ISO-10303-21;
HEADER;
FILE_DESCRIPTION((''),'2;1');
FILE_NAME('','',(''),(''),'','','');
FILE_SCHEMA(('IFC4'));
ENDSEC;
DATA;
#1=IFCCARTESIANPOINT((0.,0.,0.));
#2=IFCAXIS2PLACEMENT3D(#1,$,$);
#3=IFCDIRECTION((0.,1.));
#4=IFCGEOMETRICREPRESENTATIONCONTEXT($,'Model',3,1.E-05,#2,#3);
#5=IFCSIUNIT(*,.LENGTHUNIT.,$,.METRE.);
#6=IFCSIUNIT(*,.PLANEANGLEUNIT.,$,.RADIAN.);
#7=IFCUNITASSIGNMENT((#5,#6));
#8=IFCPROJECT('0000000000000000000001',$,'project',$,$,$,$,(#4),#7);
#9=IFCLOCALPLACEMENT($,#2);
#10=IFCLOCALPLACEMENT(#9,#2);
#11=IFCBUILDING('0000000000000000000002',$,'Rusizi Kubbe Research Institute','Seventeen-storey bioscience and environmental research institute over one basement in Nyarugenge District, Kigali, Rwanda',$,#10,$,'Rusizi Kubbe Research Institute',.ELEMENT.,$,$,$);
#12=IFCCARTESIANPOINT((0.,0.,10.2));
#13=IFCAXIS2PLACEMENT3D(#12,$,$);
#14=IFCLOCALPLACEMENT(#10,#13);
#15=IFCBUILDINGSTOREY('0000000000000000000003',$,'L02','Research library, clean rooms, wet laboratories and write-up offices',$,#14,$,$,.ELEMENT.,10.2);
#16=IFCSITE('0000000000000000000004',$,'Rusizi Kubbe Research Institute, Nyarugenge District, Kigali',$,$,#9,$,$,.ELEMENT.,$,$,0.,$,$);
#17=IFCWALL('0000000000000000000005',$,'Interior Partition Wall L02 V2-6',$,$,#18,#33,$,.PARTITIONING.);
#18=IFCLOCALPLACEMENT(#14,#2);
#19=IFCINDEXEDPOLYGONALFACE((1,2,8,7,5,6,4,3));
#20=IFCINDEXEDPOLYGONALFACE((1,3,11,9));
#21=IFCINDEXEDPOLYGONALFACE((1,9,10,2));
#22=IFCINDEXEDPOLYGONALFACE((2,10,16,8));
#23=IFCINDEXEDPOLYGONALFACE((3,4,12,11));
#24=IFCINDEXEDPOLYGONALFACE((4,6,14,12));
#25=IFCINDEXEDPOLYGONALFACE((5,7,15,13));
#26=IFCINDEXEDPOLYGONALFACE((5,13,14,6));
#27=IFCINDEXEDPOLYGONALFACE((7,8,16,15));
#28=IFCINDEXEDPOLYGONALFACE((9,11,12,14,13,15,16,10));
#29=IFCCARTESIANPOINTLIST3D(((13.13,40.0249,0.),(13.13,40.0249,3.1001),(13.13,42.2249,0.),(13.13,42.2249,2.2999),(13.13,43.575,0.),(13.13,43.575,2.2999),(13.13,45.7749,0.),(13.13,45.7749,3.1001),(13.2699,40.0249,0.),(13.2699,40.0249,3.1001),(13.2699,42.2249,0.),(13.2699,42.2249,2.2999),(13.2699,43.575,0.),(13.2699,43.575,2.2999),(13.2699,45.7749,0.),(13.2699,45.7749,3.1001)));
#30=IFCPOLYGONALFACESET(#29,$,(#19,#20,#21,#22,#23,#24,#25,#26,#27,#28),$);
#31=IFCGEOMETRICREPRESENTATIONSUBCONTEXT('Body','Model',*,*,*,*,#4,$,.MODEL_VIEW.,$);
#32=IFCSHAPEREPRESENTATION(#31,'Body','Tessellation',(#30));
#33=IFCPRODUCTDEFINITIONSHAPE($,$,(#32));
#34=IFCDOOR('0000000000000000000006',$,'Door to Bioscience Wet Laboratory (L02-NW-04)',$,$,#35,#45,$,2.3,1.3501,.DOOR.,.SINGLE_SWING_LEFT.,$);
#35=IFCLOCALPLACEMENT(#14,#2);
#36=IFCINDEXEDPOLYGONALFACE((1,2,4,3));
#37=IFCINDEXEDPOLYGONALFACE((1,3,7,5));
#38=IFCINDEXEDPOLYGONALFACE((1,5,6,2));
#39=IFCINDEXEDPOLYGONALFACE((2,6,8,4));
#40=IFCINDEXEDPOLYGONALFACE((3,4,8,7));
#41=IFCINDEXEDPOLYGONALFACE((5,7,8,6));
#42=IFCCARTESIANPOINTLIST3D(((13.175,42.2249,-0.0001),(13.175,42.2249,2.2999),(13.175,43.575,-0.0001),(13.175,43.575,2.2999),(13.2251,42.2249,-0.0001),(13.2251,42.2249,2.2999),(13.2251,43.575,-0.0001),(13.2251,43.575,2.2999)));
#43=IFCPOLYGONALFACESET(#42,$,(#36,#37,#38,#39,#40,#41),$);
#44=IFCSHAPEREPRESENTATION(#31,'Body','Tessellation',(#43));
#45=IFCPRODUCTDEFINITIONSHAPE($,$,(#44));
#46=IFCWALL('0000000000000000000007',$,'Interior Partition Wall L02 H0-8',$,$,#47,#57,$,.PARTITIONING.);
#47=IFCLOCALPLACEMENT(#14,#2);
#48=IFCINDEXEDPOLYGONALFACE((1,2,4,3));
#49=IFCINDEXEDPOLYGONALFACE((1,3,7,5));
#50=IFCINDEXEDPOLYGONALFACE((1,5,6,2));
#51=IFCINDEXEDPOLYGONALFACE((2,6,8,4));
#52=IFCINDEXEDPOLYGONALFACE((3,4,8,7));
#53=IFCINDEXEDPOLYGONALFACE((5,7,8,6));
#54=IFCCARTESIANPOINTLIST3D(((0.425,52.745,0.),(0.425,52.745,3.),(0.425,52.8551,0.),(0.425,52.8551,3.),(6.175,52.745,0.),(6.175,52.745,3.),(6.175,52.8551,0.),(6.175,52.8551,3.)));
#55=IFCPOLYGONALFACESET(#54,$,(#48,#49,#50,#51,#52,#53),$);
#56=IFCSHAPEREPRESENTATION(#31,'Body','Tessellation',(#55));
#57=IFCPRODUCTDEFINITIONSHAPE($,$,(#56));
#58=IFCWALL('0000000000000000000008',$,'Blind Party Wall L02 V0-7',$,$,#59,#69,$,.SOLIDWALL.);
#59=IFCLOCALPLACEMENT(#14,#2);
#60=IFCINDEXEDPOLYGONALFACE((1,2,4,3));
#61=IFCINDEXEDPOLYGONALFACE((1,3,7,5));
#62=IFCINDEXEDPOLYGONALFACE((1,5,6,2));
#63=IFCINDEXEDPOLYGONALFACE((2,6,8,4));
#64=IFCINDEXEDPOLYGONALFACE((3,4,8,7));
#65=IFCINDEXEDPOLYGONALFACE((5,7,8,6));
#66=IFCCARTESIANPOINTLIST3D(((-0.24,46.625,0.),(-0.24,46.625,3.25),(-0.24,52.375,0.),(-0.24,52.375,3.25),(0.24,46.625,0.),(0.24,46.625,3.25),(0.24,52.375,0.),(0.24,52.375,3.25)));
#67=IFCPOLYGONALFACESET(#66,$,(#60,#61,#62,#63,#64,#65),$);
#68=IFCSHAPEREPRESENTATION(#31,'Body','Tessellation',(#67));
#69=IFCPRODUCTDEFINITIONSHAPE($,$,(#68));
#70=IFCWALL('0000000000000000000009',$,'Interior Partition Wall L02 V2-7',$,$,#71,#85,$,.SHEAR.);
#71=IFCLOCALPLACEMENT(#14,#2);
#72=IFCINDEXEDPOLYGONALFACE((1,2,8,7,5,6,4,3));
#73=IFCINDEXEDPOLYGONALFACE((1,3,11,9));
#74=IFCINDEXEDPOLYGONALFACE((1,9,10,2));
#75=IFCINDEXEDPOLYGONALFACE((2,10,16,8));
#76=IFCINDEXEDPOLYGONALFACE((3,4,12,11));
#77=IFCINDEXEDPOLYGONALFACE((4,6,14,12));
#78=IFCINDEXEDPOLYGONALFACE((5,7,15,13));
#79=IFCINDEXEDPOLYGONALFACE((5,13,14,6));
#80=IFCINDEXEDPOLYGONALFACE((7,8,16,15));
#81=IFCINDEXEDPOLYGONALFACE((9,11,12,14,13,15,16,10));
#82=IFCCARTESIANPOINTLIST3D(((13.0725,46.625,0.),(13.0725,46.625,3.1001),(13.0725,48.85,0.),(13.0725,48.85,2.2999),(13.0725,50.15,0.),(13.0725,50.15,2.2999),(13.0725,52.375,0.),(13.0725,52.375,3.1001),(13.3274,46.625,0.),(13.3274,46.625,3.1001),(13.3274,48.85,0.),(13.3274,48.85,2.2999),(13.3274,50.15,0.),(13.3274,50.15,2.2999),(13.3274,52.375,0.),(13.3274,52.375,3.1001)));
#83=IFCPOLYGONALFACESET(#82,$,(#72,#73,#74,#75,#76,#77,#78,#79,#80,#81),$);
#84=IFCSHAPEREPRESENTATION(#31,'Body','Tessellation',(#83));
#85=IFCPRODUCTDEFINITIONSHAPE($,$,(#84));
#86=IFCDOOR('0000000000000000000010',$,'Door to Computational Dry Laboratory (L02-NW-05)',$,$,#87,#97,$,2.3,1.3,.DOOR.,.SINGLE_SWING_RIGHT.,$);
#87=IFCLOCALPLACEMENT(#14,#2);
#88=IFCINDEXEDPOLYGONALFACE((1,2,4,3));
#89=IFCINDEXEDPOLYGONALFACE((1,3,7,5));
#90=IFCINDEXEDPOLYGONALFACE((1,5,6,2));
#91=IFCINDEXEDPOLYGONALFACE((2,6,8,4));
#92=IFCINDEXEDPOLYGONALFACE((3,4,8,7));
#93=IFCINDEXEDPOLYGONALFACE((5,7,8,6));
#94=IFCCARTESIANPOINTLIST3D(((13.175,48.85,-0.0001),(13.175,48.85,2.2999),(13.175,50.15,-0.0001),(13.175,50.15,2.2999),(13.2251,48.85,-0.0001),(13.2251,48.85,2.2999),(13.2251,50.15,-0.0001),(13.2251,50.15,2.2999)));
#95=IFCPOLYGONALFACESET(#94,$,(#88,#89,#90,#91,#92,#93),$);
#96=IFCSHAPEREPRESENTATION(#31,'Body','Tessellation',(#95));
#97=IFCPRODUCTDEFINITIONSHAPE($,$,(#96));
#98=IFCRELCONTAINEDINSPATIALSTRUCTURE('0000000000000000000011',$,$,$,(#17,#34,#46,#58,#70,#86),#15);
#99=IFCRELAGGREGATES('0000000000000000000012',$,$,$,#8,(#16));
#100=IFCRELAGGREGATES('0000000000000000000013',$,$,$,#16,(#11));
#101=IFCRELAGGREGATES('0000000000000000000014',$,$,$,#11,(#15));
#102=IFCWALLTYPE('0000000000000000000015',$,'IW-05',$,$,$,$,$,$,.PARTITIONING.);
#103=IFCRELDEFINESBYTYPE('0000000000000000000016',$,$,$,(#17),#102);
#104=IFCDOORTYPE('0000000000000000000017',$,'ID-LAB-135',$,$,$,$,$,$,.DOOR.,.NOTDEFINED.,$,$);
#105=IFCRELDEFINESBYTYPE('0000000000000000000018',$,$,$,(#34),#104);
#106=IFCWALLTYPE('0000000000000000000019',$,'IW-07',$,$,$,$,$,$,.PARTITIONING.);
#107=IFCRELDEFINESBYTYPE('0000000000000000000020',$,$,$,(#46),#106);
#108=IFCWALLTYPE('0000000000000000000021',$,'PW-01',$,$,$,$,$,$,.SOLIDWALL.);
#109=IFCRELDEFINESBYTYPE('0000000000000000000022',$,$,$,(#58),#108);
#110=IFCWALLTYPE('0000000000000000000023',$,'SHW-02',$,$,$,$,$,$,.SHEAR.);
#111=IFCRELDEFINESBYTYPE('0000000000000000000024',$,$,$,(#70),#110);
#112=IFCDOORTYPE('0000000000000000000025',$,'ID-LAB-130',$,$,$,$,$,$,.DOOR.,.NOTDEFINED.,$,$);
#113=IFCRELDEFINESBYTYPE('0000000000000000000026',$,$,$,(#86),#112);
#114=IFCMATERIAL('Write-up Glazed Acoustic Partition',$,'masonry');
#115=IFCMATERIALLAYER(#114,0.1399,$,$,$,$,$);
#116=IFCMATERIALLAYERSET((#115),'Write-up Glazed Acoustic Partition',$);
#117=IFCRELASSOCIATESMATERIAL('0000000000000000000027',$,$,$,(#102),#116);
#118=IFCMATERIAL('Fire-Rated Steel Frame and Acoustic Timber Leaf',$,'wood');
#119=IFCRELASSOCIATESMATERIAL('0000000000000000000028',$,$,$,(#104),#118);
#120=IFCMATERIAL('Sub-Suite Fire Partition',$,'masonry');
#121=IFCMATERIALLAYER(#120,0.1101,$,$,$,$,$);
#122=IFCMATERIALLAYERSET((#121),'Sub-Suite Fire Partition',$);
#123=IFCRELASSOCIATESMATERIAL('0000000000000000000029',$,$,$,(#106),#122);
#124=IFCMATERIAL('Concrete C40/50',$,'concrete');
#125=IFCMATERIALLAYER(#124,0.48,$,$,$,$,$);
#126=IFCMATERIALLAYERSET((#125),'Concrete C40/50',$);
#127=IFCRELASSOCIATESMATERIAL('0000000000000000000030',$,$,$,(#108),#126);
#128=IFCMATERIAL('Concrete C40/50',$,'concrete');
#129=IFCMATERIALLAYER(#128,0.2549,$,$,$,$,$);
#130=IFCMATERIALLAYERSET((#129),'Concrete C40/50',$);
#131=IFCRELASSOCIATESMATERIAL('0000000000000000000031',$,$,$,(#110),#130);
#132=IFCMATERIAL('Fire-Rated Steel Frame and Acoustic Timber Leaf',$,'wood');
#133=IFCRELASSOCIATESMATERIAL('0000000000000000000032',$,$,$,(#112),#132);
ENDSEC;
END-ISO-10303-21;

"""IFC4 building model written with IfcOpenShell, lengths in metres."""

from ifc_helpers import new_model, si_unit, direction, frame, frame_2d, origin, place, context, subcontext, project, spatial, rectangle, extrude, material, layer, layer_set, type_object, element, fill, save


model = new_model("IFC4")

# Units and contexts
model_context = context("Model", 3, precision=1e-05, world=origin(), true_north=direction((0.0, 1.0)))
body_context = subcontext(model_context, "Body", "Model", "MODEL_VIEW")
ifc_project = project(units=[si_unit("LENGTHUNIT", "METRE"), si_unit("PLANEANGLEUNIT", "RADIAN")], contexts=[model_context])

# Site, building, storey
site_placement = place(None, origin())
site = spatial("IfcSite", under=ifc_project, at=site_placement, Name="Rusizi Kubbe Research Institute, Nyarugenge District, Kigali", CompositionType="ELEMENT", RefElevation=0.0)
building_placement = place(site_placement, origin())
building = spatial("IfcBuilding", under=site, at=building_placement, Name="Rusizi Kubbe Research Institute", Description="Seventeen-storey bioscience and environmental research institute over one basement in Nyarugenge District, Kigali, Rwanda", LongName="Rusizi Kubbe Research Institute", CompositionType="ELEMENT")
storey_placement = place(building_placement, frame((0.0, 0.0, 10.2)))
storey = spatial("IfcBuildingStorey", under=building, at=storey_placement, Name="L02", Description="Research library, clean rooms, wet laboratories and write-up offices", CompositionType="ELEMENT", Elevation=10.2)

# Shared definitions
ifc_material_1 = material(Name="Write-up Glazed Acoustic Partition", Category="masonry")
ifc_layer_1 = layer(ifc_material_1, 0.1399)
ifc_layer_set_1 = layer_set([ifc_layer_1], Name="Write-up Glazed Acoustic Partition")
wall_type_1 = type_object("IfcWallType", Name="IW-05", PredefinedType="PARTITIONING", material=ifc_layer_set_1)

# Wall, opening, door
wall_1_placement = place(storey_placement, frame((13.2, 40.0249, 0.0), z_axis=(0.0, 0.0, 1.0), x_axis=(0.0, 1.0, 0.0)))
wall_1 = element("IfcWall", 1, at=wall_1_placement, inside=storey, type_object=wall_type_1, Name="Interior Partition Wall L02 V2-6", PredefinedType="PARTITIONING", context=body_context, shape_type="SweptSolid", body=[
    extrude(rectangle(XDim=5.75, YDim=0.1399, at=frame_2d((2.875, 0.0))), origin(), (0.0, 0.0, 1.0), 3.1001),
])
opening_1_placement = place(wall_1_placement, frame((2.2, 0.0, 0.0)))
opening_1 = element("IfcOpeningElement", 2, at=opening_1_placement, cuts=wall_1, PredefinedType="OPENING", context=body_context, shape_type="SweptSolid", body=[
    extrude(rectangle(XDim=1.3501, YDim=2.3, at=frame_2d((0.675, 1.1499))), frame((0.0, 0.0798, 0.0), z_axis=(0.0, -1.0, 0.0), x_axis=(1.0, 0.0, 0.0)), (0.0, 0.0, 1.0), 0.1599),
])
ifc_material_2 = material(Name="Fire-Rated Steel Frame and Acoustic Timber Leaf", Category="wood")
door_type_1 = type_object("IfcDoorType", Name="ID-LAB-135", OperationType="NOTDEFINED", PredefinedType="DOOR", material=ifc_material_2)
door_1_placement = place(opening_1_placement, origin())
door_1 = element("IfcDoor", 3, at=door_1_placement, inside=storey, type_object=door_type_1, Name="Door to Bioscience Wet Laboratory (L02-NW-04)", OperationType="SINGLE_SWING_LEFT", OverallHeight=2.3, OverallWidth=1.3501, PredefinedType="DOOR", context=body_context, shape_type="SweptSolid", body=[
    extrude(rectangle(XDim=1.3501, YDim=2.3, at=frame_2d((0.675, 1.1499))), frame((0.0, 0.0249, 0.0), z_axis=(0.0, -1.0, 0.0), x_axis=(1.0, 0.0, 0.0)), (0.0, 0.0, 1.0), 0.05),
])
fill(opening_1, door_1)

# Walls
ifc_material_3 = material(Name="Sub-Suite Fire Partition", Category="masonry")
ifc_layer_2 = layer(ifc_material_3, 0.1101)
ifc_layer_set_2 = layer_set([ifc_layer_2], Name="Sub-Suite Fire Partition")
wall_type_2 = type_object("IfcWallType", Name="IW-07", PredefinedType="PARTITIONING", material=ifc_layer_set_2)
wall_2_placement = place(storey_placement, frame((0.425, 52.8, 0.0), z_axis=(0.0, 0.0, 1.0), x_axis=(1.0, 0.0, 0.0)))
element("IfcWall", 4, at=wall_2_placement, inside=storey, type_object=wall_type_2, Name="Interior Partition Wall L02 H0-8", PredefinedType="PARTITIONING", context=body_context, shape_type="SweptSolid", body=[
    extrude(rectangle(XDim=5.75, YDim=0.1101, at=frame_2d((2.875, 0.0))), origin(), (0.0, 0.0, 1.0), 3.0),
])
ifc_material_4 = material(Name="Concrete C40/50", Category="concrete")
ifc_layer_3 = layer(ifc_material_4, 0.48)
ifc_layer_set_3 = layer_set([ifc_layer_3], Name="Concrete C40/50")
wall_type_3 = type_object("IfcWallType", Name="PW-01", PredefinedType="SOLIDWALL", material=ifc_layer_set_3)
wall_3_placement = place(storey_placement, frame((0.0, 46.625, 0.0), z_axis=(0.0, 0.0, 1.0), x_axis=(0.0, 1.0, 0.0)))
element("IfcWall", 5, at=wall_3_placement, inside=storey, type_object=wall_type_3, Name="Blind Party Wall L02 V0-7", PredefinedType="SOLIDWALL", context=body_context, shape_type="SweptSolid", body=[
    extrude(rectangle(XDim=5.75, YDim=0.48, at=frame_2d((2.875, 0.0))), origin(), (0.0, 0.0, 1.0), 3.25),
])

# Wall, opening, door
ifc_material_5 = material(Name="Concrete C40/50", Category="concrete")
ifc_layer_4 = layer(ifc_material_5, 0.2549)
ifc_layer_set_4 = layer_set([ifc_layer_4], Name="Concrete C40/50")
wall_type_4 = type_object("IfcWallType", Name="SHW-02", PredefinedType="SHEAR", material=ifc_layer_set_4)
wall_4_placement = place(storey_placement, frame((13.2, 46.625, 0.0), z_axis=(0.0, 0.0, 1.0), x_axis=(0.0, 1.0, 0.0)))
wall_4 = element("IfcWall", 6, at=wall_4_placement, inside=storey, type_object=wall_type_4, Name="Interior Partition Wall L02 V2-7", PredefinedType="SHEAR", context=body_context, shape_type="SweptSolid", body=[
    extrude(rectangle(XDim=5.75, YDim=0.2549, at=frame_2d((2.875, 0.0))), origin(), (0.0, 0.0, 1.0), 3.1001),
])
opening_2_placement = place(wall_4_placement, frame((2.2251, 0.0, 0.0)))
opening_2 = element("IfcOpeningElement", 7, at=opening_2_placement, cuts=wall_4, PredefinedType="OPENING", context=body_context, shape_type="SweptSolid", body=[
    extrude(rectangle(XDim=1.3, YDim=2.3, at=frame_2d((0.6499, 1.1499))), frame((0.0, 0.1375, 0.0), z_axis=(0.0, -1.0, 0.0), x_axis=(1.0, 0.0, 0.0)), (0.0, 0.0, 1.0), 0.2749),
])
ifc_material_6 = material(Name="Fire-Rated Steel Frame and Acoustic Timber Leaf", Category="wood")
door_type_2 = type_object("IfcDoorType", Name="ID-LAB-130", OperationType="NOTDEFINED", PredefinedType="DOOR", material=ifc_material_6)
door_2_placement = place(opening_2_placement, origin())
door_2 = element("IfcDoor", 8, at=door_2_placement, inside=storey, type_object=door_type_2, Name="Door to Computational Dry Laboratory (L02-NW-05)", OperationType="SINGLE_SWING_RIGHT", OverallHeight=2.3, OverallWidth=1.3, PredefinedType="DOOR", context=body_context, shape_type="SweptSolid", body=[
    extrude(rectangle(XDim=1.3, YDim=2.3, at=frame_2d((0.6499, 1.1499))), frame((0.0, 0.0249, 0.0), z_axis=(0.0, -1.0, 0.0), x_axis=(1.0, 0.0, 0.0)), (0.0, 0.0, 1.0), 0.05),
])
fill(opening_2, door_2)

save(model, "model.ifc")
